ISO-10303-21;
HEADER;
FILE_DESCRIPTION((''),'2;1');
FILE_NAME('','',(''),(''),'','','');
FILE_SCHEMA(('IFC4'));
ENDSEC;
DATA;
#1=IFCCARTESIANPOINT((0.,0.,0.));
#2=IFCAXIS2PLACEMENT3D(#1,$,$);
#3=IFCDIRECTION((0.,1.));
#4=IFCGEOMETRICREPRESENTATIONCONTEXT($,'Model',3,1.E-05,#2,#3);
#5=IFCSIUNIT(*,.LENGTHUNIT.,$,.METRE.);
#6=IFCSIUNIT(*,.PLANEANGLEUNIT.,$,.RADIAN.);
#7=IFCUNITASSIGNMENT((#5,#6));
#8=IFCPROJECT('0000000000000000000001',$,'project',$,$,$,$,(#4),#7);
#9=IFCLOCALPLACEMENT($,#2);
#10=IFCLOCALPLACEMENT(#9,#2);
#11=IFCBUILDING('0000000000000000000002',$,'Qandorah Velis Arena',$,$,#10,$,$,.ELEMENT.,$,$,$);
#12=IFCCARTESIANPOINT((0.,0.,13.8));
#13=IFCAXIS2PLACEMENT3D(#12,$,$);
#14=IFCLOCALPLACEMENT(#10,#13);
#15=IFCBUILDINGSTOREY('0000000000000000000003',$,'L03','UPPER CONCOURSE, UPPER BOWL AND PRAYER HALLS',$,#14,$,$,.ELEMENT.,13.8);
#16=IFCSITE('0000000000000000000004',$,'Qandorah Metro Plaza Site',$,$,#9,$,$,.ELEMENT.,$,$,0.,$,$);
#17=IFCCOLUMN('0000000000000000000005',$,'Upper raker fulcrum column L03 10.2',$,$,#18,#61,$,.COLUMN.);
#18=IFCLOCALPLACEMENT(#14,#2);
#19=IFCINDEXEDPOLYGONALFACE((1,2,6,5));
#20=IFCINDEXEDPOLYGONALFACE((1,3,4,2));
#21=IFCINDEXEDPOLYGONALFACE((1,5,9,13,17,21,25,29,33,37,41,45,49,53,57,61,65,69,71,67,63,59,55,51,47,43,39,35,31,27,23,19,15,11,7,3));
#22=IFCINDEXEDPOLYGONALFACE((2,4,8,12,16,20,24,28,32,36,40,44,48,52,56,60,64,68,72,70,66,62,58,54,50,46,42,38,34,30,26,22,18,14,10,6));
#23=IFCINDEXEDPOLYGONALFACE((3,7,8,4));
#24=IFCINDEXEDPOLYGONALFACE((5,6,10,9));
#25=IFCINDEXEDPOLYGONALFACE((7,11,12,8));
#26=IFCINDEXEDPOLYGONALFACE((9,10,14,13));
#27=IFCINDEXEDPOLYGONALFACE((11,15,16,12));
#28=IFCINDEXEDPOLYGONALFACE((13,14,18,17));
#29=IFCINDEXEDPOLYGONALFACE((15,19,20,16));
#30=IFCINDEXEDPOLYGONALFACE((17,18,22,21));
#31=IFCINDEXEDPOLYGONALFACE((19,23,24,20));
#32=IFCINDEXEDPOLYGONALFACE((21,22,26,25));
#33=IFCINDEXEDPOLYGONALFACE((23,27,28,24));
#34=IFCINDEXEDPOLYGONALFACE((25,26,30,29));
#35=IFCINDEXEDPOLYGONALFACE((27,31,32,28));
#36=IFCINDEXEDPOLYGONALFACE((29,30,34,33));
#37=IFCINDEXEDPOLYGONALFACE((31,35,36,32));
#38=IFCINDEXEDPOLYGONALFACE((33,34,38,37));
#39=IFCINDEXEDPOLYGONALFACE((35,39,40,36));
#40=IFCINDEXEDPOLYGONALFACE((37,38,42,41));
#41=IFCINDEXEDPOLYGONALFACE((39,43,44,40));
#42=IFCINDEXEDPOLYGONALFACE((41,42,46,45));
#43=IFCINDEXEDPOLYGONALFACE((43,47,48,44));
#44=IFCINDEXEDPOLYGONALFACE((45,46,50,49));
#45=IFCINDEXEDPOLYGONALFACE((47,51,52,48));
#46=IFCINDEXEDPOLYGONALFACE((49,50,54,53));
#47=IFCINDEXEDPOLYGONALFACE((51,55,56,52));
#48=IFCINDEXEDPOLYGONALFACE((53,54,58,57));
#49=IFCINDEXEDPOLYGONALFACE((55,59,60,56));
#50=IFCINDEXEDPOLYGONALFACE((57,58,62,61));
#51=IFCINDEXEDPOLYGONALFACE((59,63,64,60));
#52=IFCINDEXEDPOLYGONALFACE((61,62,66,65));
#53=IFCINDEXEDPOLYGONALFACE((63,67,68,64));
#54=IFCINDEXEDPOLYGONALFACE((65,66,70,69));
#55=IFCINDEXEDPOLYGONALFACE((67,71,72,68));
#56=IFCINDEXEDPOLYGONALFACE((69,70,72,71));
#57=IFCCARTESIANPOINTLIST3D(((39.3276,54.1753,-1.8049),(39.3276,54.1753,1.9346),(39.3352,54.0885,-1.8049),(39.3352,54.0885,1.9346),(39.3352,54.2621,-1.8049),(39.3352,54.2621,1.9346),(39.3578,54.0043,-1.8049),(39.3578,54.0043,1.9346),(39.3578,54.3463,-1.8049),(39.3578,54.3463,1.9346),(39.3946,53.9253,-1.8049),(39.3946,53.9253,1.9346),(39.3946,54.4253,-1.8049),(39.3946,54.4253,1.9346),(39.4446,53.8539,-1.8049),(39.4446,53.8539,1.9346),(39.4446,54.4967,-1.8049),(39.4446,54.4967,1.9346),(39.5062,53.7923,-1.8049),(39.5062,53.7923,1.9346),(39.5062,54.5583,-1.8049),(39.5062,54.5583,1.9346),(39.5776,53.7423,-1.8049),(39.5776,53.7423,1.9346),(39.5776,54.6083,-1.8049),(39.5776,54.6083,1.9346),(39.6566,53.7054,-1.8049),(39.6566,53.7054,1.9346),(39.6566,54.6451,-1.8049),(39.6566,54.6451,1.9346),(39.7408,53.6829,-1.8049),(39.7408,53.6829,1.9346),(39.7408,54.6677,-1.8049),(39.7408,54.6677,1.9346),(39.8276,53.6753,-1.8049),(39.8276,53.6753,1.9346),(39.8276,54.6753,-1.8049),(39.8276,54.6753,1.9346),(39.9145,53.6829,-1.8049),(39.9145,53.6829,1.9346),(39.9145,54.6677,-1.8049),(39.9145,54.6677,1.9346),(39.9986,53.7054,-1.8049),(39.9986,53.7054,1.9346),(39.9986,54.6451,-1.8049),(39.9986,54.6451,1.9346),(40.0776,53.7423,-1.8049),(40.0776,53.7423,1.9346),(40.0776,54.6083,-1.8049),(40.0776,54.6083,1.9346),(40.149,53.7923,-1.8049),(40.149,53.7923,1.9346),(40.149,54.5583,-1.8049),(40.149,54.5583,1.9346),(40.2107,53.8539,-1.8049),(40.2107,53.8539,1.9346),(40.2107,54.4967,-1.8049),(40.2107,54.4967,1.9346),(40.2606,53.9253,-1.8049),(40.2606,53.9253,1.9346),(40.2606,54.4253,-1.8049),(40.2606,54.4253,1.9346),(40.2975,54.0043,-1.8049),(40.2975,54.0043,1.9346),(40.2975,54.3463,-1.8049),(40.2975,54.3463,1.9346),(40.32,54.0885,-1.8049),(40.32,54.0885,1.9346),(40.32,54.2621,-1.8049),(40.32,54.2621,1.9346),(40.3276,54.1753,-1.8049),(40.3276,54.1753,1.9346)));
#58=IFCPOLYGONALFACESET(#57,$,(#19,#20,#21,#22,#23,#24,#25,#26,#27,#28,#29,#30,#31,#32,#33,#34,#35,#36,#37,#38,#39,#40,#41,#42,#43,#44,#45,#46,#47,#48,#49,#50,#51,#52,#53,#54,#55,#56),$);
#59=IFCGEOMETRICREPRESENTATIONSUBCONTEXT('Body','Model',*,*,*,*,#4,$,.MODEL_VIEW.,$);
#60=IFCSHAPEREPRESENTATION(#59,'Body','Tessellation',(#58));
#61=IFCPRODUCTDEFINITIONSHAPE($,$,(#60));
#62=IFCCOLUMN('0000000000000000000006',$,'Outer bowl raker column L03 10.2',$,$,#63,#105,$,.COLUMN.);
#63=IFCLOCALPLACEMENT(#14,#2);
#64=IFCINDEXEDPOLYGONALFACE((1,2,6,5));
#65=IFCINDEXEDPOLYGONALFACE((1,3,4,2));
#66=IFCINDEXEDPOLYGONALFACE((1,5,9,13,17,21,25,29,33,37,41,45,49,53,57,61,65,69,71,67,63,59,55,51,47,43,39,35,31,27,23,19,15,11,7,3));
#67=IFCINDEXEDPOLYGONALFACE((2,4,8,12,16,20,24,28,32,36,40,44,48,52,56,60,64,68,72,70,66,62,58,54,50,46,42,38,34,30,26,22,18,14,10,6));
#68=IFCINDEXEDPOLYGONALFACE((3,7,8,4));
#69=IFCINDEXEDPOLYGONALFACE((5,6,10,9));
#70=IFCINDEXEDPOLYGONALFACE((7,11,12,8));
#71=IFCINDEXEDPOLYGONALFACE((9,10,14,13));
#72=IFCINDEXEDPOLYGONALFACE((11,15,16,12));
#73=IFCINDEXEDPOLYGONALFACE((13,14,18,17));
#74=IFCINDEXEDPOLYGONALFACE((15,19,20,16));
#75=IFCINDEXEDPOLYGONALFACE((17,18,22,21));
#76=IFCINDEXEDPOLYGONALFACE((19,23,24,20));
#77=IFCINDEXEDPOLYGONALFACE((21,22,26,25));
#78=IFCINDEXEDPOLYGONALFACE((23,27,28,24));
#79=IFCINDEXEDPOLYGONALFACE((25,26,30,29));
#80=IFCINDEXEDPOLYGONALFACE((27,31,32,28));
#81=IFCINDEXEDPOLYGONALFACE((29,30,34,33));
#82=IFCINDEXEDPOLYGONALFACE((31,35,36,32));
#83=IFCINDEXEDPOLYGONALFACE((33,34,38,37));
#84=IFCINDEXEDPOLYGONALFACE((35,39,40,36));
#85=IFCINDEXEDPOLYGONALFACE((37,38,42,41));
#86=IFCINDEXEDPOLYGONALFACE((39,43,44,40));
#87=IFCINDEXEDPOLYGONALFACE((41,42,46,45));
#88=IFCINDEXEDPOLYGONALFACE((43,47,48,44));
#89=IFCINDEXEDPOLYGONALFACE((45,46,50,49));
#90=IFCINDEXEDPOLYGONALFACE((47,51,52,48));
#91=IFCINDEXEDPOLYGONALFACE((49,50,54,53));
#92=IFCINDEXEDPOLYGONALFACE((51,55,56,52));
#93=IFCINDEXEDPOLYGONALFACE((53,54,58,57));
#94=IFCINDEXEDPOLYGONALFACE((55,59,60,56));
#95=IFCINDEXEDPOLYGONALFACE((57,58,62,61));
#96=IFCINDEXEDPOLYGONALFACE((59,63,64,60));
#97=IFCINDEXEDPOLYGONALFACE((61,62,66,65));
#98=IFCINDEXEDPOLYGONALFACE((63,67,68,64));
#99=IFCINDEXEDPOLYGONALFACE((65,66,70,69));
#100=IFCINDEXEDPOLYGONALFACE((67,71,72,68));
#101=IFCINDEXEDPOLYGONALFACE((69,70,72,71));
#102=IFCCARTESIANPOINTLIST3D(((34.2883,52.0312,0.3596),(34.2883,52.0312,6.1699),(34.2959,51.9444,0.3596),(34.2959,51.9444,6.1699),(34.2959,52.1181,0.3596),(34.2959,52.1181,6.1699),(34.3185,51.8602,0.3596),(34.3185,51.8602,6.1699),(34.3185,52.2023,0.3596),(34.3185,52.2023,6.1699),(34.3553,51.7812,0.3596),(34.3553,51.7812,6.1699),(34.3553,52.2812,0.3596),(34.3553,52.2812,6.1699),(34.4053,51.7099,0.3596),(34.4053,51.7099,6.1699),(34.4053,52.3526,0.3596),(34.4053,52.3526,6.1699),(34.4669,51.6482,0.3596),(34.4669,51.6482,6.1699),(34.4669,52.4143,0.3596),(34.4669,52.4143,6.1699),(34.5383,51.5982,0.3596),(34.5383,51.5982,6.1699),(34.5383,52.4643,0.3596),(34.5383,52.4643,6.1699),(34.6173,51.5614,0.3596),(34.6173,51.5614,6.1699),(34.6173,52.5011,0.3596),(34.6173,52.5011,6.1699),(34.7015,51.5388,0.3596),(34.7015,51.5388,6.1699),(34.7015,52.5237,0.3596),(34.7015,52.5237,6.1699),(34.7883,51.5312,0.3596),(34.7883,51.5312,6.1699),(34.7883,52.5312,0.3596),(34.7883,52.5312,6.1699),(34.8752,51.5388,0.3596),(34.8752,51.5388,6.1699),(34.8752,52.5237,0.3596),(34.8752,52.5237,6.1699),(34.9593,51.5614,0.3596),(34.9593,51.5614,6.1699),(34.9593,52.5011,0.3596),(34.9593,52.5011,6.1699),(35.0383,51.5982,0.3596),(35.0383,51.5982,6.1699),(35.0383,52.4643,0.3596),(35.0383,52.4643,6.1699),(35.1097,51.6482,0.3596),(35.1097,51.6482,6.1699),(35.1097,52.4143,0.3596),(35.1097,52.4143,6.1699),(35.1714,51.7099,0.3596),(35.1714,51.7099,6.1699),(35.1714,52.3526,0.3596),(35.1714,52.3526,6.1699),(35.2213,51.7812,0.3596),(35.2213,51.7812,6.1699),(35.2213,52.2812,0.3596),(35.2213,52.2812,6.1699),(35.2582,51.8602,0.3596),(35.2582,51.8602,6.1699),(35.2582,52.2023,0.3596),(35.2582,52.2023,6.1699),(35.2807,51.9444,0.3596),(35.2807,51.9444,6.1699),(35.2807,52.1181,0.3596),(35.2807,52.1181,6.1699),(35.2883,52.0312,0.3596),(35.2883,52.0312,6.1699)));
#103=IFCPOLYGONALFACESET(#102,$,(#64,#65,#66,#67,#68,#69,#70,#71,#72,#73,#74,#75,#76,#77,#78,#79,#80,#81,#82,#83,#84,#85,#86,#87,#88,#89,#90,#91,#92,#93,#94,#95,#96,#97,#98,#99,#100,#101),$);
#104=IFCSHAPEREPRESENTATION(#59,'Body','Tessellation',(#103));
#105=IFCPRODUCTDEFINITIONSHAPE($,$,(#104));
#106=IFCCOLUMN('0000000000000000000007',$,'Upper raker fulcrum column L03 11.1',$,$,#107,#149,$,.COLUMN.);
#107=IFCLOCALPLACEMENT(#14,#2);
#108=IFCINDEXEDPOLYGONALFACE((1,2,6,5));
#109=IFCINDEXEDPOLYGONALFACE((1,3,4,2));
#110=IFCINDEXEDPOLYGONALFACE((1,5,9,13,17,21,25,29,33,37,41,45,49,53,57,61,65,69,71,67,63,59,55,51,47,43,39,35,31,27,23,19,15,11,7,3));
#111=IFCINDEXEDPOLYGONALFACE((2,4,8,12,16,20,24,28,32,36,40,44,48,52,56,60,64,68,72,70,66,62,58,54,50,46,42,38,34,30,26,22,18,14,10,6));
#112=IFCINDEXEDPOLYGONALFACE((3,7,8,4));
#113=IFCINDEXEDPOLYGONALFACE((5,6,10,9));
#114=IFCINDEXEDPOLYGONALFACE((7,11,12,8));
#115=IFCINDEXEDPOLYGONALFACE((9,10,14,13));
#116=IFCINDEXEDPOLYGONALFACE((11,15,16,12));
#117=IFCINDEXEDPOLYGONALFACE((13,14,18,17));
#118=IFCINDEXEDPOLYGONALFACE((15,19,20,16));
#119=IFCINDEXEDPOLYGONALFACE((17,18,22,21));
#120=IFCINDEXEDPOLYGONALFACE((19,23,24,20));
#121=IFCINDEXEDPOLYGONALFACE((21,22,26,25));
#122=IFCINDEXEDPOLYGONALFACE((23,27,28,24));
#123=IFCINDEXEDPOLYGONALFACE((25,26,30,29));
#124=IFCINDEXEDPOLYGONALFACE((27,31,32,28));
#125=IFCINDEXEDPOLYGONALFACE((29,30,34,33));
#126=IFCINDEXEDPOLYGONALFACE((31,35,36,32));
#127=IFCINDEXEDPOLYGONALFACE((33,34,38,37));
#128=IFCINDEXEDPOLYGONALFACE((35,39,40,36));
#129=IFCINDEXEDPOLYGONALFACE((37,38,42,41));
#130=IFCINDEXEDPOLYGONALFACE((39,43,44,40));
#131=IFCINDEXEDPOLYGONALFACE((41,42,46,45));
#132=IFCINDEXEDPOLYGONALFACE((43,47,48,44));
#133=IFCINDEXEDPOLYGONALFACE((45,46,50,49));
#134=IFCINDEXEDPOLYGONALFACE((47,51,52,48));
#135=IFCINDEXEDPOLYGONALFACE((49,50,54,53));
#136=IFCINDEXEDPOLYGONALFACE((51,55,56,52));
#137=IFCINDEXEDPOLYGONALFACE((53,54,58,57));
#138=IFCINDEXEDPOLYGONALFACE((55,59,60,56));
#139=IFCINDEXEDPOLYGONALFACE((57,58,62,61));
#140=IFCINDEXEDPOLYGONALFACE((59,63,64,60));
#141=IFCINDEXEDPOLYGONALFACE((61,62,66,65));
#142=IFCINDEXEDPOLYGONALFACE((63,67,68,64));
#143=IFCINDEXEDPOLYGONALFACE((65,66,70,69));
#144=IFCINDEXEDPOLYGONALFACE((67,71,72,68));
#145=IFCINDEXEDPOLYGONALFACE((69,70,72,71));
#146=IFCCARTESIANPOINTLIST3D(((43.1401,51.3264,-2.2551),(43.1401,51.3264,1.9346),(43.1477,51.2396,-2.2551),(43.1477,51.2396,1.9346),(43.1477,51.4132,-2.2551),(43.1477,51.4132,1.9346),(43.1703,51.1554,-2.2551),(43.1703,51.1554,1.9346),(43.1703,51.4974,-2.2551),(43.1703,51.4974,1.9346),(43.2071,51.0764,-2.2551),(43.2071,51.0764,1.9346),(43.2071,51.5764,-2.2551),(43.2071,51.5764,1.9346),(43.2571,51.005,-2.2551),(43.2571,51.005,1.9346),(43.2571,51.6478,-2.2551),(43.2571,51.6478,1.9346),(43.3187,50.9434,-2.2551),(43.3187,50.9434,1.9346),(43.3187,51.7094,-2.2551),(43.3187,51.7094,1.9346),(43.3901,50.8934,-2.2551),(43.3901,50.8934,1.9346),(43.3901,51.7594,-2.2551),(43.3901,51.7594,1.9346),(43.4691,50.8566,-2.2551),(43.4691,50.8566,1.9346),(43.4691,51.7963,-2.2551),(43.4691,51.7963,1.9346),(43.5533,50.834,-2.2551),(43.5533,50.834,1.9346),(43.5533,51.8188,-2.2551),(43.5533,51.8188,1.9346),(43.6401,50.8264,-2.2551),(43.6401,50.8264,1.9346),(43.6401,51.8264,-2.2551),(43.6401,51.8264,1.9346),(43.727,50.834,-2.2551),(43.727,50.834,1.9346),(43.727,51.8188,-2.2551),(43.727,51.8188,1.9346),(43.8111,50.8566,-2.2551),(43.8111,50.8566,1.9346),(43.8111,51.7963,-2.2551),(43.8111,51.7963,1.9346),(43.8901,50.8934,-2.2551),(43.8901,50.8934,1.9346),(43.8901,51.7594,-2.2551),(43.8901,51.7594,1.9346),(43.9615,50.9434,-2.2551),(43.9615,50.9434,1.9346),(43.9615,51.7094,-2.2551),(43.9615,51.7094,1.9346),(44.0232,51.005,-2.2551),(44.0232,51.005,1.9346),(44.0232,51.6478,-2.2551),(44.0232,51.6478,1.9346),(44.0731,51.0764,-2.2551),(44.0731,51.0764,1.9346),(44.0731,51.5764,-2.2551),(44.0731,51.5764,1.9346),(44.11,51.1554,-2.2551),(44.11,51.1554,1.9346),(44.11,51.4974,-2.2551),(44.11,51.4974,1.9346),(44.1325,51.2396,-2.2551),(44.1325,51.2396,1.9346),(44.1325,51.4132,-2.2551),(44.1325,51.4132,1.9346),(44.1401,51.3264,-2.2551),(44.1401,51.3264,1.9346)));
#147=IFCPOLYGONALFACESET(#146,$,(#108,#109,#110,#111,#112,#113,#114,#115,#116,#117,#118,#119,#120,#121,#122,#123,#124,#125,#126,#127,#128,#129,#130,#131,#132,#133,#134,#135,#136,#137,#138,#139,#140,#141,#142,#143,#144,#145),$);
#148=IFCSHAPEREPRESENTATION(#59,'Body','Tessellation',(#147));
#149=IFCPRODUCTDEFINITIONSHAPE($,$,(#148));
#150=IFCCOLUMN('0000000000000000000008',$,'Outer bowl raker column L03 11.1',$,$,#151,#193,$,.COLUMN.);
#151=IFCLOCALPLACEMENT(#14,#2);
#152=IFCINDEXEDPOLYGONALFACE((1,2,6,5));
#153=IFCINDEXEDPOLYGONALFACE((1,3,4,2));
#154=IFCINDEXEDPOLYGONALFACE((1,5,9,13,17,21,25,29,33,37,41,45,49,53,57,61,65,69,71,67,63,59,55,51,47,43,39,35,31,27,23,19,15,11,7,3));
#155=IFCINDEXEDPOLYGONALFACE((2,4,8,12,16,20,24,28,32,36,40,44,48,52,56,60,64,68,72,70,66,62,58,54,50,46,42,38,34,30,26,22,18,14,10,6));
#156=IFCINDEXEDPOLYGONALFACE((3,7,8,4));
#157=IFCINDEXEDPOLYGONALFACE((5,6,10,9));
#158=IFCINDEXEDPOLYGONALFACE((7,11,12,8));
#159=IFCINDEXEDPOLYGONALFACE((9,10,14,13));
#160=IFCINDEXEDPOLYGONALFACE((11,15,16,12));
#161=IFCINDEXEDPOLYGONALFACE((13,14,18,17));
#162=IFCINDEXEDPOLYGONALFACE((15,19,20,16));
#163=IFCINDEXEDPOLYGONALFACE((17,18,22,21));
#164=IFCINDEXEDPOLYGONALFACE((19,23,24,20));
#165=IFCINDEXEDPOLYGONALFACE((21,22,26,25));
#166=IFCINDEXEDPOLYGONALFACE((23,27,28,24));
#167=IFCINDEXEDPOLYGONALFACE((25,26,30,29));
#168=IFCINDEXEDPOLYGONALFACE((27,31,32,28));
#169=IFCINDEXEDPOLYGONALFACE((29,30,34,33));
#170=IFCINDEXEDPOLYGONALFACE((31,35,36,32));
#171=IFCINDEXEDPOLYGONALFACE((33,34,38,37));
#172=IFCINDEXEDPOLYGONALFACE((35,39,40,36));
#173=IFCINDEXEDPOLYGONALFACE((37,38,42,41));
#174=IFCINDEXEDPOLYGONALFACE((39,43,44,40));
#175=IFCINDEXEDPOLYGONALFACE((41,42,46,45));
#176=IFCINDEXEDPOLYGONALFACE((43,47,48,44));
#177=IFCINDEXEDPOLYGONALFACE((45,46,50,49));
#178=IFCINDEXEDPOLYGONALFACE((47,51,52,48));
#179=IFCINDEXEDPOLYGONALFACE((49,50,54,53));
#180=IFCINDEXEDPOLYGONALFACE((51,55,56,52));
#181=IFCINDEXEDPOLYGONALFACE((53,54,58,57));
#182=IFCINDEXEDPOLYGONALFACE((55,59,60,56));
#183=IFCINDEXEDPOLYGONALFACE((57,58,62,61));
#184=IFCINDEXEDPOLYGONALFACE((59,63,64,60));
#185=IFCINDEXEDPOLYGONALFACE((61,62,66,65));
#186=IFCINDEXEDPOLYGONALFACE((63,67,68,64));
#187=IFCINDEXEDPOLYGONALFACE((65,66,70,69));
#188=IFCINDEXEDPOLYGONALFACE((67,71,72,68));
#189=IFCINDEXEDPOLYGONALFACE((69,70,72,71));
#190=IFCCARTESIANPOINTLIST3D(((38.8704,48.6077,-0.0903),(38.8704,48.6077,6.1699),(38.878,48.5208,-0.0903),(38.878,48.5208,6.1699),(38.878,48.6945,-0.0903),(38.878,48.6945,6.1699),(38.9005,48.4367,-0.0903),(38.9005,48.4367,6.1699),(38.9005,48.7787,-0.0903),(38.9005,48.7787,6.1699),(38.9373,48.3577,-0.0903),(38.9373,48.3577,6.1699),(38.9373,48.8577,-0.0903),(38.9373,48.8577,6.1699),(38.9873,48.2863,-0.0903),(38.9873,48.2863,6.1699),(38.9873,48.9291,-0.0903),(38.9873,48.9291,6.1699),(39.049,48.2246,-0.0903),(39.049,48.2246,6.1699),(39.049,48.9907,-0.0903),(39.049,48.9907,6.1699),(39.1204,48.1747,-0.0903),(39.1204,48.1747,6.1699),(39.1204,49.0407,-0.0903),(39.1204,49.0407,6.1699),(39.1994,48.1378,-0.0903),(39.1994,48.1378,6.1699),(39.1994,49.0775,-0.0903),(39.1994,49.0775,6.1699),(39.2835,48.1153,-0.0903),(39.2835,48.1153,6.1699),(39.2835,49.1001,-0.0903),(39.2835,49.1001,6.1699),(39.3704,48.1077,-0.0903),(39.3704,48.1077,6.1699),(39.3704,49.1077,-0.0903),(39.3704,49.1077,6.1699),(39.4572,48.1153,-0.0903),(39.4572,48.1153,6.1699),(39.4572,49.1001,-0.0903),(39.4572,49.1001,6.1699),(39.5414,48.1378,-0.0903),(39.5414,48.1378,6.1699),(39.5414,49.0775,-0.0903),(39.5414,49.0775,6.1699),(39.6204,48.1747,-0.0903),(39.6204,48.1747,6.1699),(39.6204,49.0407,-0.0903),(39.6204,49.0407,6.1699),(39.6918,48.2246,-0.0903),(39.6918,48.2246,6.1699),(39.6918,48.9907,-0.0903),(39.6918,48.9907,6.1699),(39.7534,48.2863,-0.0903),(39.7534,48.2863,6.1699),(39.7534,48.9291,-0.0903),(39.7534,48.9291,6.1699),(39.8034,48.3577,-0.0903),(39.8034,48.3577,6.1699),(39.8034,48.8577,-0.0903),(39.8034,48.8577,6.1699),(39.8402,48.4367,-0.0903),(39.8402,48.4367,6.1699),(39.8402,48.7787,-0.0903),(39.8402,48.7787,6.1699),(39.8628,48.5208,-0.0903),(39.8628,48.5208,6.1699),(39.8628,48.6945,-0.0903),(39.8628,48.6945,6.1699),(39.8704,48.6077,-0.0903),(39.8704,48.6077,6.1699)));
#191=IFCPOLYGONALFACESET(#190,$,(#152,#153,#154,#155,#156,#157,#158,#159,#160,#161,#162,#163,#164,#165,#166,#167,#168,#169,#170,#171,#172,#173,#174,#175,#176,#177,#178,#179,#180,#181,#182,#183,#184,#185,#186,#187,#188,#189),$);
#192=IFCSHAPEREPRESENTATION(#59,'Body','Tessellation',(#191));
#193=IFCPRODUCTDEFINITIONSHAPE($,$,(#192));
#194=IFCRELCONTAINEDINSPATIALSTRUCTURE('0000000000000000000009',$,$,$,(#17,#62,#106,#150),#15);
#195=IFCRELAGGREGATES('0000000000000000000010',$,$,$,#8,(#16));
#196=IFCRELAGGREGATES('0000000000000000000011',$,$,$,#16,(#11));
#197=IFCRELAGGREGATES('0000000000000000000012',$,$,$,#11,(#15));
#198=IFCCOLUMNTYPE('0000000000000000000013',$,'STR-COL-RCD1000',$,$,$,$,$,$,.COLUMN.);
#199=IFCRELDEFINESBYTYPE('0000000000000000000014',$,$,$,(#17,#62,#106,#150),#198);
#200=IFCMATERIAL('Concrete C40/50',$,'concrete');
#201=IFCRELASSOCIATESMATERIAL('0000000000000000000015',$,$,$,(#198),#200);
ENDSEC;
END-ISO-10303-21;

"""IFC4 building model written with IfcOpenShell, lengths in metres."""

from ifc_helpers import new_model, si_unit, direction, frame, origin, origin_2d, place, context, subcontext, project, spatial, circle, extrude, material, material_profile, profile_set, type_object, element, save


model = new_model("IFC4")

# Units and contexts
model_context = context("Model", 3, precision=1e-05, world=origin(), true_north=direction((0.0, 1.0)))
body_context = subcontext(model_context, "Body", "Model", "MODEL_VIEW")
ifc_project = project(units=[si_unit("LENGTHUNIT", "METRE"), si_unit("PLANEANGLEUNIT", "RADIAN")], contexts=[model_context])

# Site, building, storey
site_placement = place(None, origin())
site = spatial("IfcSite", under=ifc_project, at=site_placement, Name="Qandorah Metro Plaza Site", CompositionType="ELEMENT", RefElevation=0.0)
building_placement = place(site_placement, origin())
building = spatial("IfcBuilding", under=site, at=building_placement, Name="Qandorah Velis Arena", CompositionType="ELEMENT")
storey_placement = place(building_placement, frame((0.0, 0.0, 13.8)))
storey = spatial("IfcBuildingStorey", under=building, at=storey_placement, Name="L03", Description="UPPER CONCOURSE, UPPER BOWL AND PRAYER HALLS", CompositionType="ELEMENT", Elevation=13.8)

# Columns
ifc_material_1 = material(Name="Concrete C40/50", Category="concrete")
ifc_material_profile_1 = material_profile(ifc_material_1, circle(Radius=0.5, at=origin_2d()), Name="RC D1000")
ifc_profile_set_1 = profile_set([ifc_material_profile_1], Name="Concrete C40/50")
column_type_1 = type_object("IfcColumnType", Name="STR-COL-RCD1000", PredefinedType="COLUMN", material=ifc_profile_set_1)
column_1_placement = place(storey_placement, frame((39.8276, 54.1753, -1.8049), z_axis=(0.0, 0.0, 1.0), x_axis=(1.0, 0.0, 0.0)))
element("IfcColumn", 1, at=column_1_placement, inside=storey, type_object=column_type_1, Name="Upper raker fulcrum column L03 10.2", PredefinedType="COLUMN", context=body_context, shape_type="SweptSolid", body=[
    extrude(circle(Radius=0.5, at=origin_2d()), origin(), (0.0, 0.0, 1.0), 3.7395),
])
column_2_placement = place(storey_placement, frame((34.7883, 52.0312, 0.3596), z_axis=(0.0, 0.0, 1.0), x_axis=(1.0, 0.0, 0.0)))
element("IfcColumn", 2, at=column_2_placement, inside=storey, type_object=column_type_1, Name="Outer bowl raker column L03 10.2", PredefinedType="COLUMN", context=body_context, shape_type="SweptSolid", body=[
    extrude(circle(Radius=0.5, at=origin_2d()), origin(), (0.0, 0.0, 1.0), 5.8103),
])
column_3_placement = place(storey_placement, frame((43.6401, 51.3264, -2.2551), z_axis=(0.0, 0.0, 1.0), x_axis=(1.0, 0.0, 0.0)))
element("IfcColumn", 3, at=column_3_placement, inside=storey, type_object=column_type_1, Name="Upper raker fulcrum column L03 11.1", PredefinedType="COLUMN", context=body_context, shape_type="SweptSolid", body=[
    extrude(circle(Radius=0.5, at=origin_2d()), origin(), (0.0, 0.0, 1.0), 4.1897),
])
column_4_placement = place(storey_placement, frame((39.3704, 48.6077, -0.0903), z_axis=(0.0, 0.0, 1.0), x_axis=(1.0, 0.0, 0.0)))
element("IfcColumn", 4, at=column_4_placement, inside=storey, type_object=column_type_1, Name="Outer bowl raker column L03 11.1", PredefinedType="COLUMN", context=body_context, shape_type="SweptSolid", body=[
    extrude(circle(Radius=0.5, at=origin_2d()), origin(), (0.0, 0.0, 1.0), 6.2603),
])

save(model, "model.ifc")
